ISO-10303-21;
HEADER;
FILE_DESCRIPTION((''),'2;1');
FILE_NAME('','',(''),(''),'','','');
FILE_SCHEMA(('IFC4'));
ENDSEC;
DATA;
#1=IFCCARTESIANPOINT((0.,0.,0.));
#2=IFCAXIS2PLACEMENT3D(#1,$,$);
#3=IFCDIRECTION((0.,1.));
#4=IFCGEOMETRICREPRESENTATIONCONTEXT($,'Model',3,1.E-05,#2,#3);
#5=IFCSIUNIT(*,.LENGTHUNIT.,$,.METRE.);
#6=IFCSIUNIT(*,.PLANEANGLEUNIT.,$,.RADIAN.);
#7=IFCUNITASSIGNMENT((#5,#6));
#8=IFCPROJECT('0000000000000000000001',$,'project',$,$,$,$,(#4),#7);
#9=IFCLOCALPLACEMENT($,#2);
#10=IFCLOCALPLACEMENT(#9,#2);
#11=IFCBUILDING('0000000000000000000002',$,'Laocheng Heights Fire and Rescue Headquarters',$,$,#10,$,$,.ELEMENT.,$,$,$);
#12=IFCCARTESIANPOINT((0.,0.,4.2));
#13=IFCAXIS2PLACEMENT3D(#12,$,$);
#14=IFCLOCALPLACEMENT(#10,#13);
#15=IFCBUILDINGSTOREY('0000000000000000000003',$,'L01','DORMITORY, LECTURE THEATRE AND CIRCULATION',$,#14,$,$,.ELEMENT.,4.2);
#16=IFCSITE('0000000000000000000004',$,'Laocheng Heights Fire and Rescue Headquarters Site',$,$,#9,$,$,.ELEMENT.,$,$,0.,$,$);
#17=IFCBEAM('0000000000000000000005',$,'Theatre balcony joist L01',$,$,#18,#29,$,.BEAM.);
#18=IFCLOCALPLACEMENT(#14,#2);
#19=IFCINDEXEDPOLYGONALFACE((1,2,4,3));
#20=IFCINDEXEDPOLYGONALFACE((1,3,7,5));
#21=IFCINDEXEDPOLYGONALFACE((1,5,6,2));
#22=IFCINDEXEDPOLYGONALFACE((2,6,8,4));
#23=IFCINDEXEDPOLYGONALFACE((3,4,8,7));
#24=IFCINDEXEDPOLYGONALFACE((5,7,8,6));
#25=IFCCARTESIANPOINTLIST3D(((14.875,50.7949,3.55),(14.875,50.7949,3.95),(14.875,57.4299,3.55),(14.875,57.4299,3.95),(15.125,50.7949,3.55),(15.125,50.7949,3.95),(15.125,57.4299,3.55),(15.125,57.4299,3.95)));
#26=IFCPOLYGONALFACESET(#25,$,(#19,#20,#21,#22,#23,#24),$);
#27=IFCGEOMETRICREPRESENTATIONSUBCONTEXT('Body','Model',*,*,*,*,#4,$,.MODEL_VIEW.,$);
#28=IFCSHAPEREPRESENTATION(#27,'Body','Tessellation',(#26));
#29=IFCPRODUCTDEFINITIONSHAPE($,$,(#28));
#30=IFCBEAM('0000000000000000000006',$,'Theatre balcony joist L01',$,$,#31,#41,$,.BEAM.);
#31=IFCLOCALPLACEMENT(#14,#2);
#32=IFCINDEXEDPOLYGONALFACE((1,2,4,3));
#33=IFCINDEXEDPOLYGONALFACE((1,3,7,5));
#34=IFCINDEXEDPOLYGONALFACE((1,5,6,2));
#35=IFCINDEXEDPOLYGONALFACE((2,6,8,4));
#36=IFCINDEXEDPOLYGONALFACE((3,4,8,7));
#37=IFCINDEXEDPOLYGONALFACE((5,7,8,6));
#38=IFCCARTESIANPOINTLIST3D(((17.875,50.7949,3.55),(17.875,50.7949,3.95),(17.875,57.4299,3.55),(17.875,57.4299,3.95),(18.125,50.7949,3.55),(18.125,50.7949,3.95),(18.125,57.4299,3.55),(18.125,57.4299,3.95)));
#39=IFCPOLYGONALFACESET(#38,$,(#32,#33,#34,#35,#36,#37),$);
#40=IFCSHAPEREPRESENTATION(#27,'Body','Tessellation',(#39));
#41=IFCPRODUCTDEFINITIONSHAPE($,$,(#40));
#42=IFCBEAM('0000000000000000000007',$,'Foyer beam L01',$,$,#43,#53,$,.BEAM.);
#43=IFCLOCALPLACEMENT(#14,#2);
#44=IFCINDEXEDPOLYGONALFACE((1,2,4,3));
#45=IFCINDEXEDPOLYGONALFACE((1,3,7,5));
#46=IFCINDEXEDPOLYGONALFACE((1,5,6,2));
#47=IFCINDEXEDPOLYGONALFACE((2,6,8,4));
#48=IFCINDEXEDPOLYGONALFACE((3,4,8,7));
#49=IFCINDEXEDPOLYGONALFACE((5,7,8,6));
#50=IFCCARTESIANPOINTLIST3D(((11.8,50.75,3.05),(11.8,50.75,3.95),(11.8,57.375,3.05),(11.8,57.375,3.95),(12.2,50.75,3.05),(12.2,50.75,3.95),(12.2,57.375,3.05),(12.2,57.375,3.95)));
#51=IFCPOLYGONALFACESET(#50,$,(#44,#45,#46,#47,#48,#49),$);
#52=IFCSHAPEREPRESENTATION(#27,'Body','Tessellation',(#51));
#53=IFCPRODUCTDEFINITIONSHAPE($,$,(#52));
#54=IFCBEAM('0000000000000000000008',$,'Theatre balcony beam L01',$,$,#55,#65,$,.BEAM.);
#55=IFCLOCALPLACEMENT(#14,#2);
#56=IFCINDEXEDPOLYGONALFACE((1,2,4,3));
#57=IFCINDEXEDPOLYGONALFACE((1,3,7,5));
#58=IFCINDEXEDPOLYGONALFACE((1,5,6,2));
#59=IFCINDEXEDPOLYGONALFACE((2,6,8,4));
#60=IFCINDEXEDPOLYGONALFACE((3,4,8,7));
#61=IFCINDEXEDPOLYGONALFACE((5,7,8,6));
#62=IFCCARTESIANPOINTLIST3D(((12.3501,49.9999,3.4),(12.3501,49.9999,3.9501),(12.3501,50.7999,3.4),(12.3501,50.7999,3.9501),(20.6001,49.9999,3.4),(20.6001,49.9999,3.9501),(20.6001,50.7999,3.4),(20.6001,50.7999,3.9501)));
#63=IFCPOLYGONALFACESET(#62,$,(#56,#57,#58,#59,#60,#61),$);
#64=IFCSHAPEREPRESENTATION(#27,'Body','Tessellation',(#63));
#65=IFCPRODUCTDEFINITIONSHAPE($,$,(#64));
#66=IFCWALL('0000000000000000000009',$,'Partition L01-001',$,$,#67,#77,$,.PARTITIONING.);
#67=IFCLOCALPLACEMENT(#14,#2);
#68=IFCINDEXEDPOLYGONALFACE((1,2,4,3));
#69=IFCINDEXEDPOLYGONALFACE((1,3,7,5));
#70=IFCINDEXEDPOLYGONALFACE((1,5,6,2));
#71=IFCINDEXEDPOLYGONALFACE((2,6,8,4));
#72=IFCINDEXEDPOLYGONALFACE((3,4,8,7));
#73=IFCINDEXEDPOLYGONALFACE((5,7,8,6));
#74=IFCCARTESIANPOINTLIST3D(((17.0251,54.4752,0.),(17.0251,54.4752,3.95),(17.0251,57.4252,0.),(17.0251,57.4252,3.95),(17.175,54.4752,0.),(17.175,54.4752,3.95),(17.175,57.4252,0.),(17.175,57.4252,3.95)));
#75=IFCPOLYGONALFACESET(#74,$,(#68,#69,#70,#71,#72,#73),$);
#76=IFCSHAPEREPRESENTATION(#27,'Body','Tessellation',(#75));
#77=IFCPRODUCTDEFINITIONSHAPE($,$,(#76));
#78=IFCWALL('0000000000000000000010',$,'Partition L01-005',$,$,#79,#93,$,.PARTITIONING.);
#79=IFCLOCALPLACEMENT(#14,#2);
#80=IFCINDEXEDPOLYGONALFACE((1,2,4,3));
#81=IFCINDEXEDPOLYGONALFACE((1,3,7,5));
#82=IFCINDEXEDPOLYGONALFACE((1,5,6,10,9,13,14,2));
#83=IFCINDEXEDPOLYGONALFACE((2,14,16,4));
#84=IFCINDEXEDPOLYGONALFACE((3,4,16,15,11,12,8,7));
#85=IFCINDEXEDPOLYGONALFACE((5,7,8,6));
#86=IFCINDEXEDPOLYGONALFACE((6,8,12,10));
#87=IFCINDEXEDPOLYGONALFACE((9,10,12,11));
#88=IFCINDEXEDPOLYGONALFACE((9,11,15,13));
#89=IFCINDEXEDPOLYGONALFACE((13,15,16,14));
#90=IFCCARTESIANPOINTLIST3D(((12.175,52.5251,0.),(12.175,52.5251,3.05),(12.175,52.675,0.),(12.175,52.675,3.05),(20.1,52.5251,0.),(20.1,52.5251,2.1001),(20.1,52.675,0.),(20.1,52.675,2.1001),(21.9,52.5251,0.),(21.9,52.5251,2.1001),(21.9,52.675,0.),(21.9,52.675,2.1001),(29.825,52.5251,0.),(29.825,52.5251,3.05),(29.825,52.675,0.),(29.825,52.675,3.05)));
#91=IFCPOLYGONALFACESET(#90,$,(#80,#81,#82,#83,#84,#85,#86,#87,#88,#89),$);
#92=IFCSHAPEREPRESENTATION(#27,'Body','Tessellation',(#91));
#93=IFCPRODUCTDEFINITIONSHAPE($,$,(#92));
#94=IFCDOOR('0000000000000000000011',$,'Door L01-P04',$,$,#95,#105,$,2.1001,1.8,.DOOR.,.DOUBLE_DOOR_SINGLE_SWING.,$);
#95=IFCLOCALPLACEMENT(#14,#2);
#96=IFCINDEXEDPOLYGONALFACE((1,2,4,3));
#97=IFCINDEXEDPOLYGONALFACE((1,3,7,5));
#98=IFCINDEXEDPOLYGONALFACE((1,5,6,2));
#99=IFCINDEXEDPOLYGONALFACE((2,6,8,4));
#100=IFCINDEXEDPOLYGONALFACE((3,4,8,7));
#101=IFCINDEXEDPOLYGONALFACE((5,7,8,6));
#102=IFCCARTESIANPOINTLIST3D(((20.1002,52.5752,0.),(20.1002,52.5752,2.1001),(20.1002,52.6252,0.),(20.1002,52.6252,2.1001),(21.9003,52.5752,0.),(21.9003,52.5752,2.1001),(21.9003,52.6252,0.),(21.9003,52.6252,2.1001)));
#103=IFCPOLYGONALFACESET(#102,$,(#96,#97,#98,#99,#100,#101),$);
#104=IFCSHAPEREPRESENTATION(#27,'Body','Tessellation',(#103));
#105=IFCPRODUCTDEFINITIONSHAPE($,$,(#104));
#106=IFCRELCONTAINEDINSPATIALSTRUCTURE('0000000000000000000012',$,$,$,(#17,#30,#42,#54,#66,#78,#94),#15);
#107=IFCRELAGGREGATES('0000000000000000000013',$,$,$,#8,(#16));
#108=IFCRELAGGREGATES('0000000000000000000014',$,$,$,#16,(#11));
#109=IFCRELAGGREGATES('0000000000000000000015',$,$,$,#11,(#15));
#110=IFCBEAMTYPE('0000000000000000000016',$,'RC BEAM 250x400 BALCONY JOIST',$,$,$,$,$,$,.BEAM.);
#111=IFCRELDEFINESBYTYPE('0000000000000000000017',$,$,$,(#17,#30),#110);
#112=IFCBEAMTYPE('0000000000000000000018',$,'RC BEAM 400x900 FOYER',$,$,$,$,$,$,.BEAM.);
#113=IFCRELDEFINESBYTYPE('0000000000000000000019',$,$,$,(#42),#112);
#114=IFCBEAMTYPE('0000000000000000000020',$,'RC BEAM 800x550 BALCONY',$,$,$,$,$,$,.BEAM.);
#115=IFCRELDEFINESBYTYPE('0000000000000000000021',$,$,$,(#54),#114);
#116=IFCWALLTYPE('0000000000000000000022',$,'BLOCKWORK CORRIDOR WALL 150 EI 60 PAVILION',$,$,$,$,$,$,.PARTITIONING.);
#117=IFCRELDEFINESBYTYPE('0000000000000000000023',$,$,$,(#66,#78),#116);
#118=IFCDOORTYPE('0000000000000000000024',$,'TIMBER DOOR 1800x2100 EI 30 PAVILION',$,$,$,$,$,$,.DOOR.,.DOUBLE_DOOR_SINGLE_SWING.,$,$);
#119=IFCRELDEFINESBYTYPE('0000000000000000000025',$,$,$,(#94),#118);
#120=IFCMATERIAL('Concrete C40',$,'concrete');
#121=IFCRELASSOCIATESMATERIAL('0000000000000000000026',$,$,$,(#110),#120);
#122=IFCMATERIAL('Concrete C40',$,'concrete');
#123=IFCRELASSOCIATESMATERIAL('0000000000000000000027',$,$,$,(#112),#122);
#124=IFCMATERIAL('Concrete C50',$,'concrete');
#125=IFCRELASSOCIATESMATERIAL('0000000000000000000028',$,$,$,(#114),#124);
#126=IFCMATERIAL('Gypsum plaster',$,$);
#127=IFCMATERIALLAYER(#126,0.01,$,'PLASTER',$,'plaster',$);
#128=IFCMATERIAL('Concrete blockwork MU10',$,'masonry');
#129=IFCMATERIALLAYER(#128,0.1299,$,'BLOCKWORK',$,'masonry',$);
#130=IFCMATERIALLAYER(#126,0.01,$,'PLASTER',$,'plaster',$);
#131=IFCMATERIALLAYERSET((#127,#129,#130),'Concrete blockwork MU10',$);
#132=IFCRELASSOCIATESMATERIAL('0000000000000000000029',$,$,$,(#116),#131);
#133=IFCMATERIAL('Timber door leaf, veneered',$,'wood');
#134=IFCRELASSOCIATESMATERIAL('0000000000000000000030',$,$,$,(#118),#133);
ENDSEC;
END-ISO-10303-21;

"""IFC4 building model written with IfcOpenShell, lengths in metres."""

from ifc_helpers import new_model, si_unit, direction, frame, frame_2d, origin, origin_2d, place, context, subcontext, project, spatial, rectangle, extrude, material, layer, layer_set, material_profile, profile_set, type_object, element, fill, save


model = new_model("IFC4")

# Units and contexts
model_context = context("Model", 3, precision=1e-05, world=origin(), true_north=direction((0.0, 1.0)))
body_context = subcontext(model_context, "Body", "Model", "MODEL_VIEW")
ifc_project = project(units=[si_unit("LENGTHUNIT", "METRE"), si_unit("PLANEANGLEUNIT", "RADIAN")], contexts=[model_context])

# Site, building, storey
site_placement = place(None, origin())
site = spatial("IfcSite", under=ifc_project, at=site_placement, Name="Laocheng Heights Fire and Rescue Headquarters Site", CompositionType="ELEMENT", RefElevation=0.0)
building_placement = place(site_placement, origin())
building = spatial("IfcBuilding", under=site, at=building_placement, Name="Laocheng Heights Fire and Rescue Headquarters", CompositionType="ELEMENT")
storey_placement = place(building_placement, frame((0.0, 0.0, 4.2)))
storey = spatial("IfcBuildingStorey", under=building, at=storey_placement, Name="L01", Description="DORMITORY, LECTURE THEATRE AND CIRCULATION", CompositionType="ELEMENT", Elevation=4.2)

# Beams
ifc_material_1 = material(Name="Concrete C40", Category="concrete")
ifc_material_profile_1 = material_profile(ifc_material_1, rectangle(XDim=0.25, YDim=0.3999, at=origin_2d()), Name="RC BEAM 250x400 BALCONY JOIST")
ifc_profile_set_1 = profile_set([ifc_material_profile_1], Name="Concrete C40")
beam_type_1 = type_object("IfcBeamType", Name="RC BEAM 250x400 BALCONY JOIST", PredefinedType="BEAM", material=ifc_profile_set_1)
for number, where, z_axis, x_axis, name in (
    (1, (15.0, 50.7949, 3.75), (0.0, 1.0, 0.0), (-1.0, 0.0, 0.0), "Theatre balcony joist L01"),
    (2, (18.0, 50.7949, 3.75), (0.0, 1.0, 0.0), (-1.0, 0.0, 0.0), "Theatre balcony joist L01"),
):
    element("IfcBeam", number, at=place(storey_placement, frame(where, z_axis=z_axis, x_axis=x_axis)), inside=storey, type_object=beam_type_1, Name=name, PredefinedType="BEAM", context=body_context, shape_type="SweptSolid", body=[
        extrude(rectangle(XDim=0.25, YDim=0.3999, at=origin_2d()), origin(), (0.0, 0.0, 1.0), 6.635),
    ])
ifc_material_2 = material(Name="Concrete C40", Category="concrete")
ifc_material_profile_2 = material_profile(ifc_material_2, rectangle(XDim=0.3999, YDim=0.8999, at=origin_2d()), Name="RC BEAM 400x900 FOYER")
ifc_profile_set_2 = profile_set([ifc_material_profile_2], Name="Concrete C40")
beam_type_2 = type_object("IfcBeamType", Name="RC BEAM 400x900 FOYER", PredefinedType="BEAM", material=ifc_profile_set_2)
beam_1_placement = place(storey_placement, frame((12.0, 50.75, 3.5), z_axis=(0.0, 1.0, 0.0), x_axis=(-1.0, 0.0, 0.0)))
element("IfcBeam", 3, at=beam_1_placement, inside=storey, type_object=beam_type_2, Name="Foyer beam L01", PredefinedType="BEAM", context=body_context, shape_type="SweptSolid", body=[
    extrude(rectangle(XDim=0.3999, YDim=0.8999, at=origin_2d()), origin(), (0.0, 0.0, 1.0), 6.625),
])
ifc_material_3 = material(Name="Concrete C50", Category="concrete")
ifc_material_profile_3 = material_profile(ifc_material_3, rectangle(XDim=0.8, YDim=0.55, at=origin_2d()), Name="RC BEAM 800x550 BALCONY")
ifc_profile_set_3 = profile_set([ifc_material_profile_3], Name="Concrete C50")
beam_type_3 = type_object("IfcBeamType", Name="RC BEAM 800x550 BALCONY", PredefinedType="BEAM", material=ifc_profile_set_3)
beam_2_placement = place(storey_placement, frame((12.3501, 50.3999, 3.675), z_axis=(1.0, 0.0, 0.0), x_axis=(0.0, 1.0, 0.0)))
element("IfcBeam", 4, at=beam_2_placement, inside=storey, type_object=beam_type_3, Name="Theatre balcony beam L01", PredefinedType="BEAM", context=body_context, shape_type="SweptSolid", body=[
    extrude(rectangle(XDim=0.8, YDim=0.55, at=origin_2d()), origin(), (0.0, 0.0, 1.0), 8.25),
])

# Wall
ifc_material_4 = material(Name="Gypsum plaster")
ifc_layer_1 = layer(ifc_material_4, 0.01, Name="PLASTER", Category="plaster")
ifc_material_5 = material(Name="Concrete blockwork MU10", Category="masonry")
ifc_layer_2 = layer(ifc_material_5, 0.1299, Name="BLOCKWORK", Category="masonry")
ifc_layer_3 = layer(ifc_material_4, 0.01, Name="PLASTER", Category="plaster")
ifc_layer_set_1 = layer_set([ifc_layer_1, ifc_layer_2, ifc_layer_3], Name="Concrete blockwork MU10")
wall_type_1 = type_object("IfcWallType", Name="BLOCKWORK CORRIDOR WALL 150 EI 60 PAVILION", PredefinedType="PARTITIONING", material=ifc_layer_set_1)
wall_1_placement = place(storey_placement, frame((17.1001, 54.4751, 0.0), z_axis=(0.0, 0.0, 1.0), x_axis=(0.0, 1.0, 0.0)))
element("IfcWall", 5, at=wall_1_placement, inside=storey, type_object=wall_type_1, Name="Partition L01-001", PredefinedType="PARTITIONING", context=body_context, shape_type="SweptSolid", body=[
    extrude(rectangle(XDim=2.95, YDim=0.1499, at=frame_2d((1.4751, 0.0))), origin(), (0.0, 0.0, 1.0), 3.95),
])

# Wall, opening, door
wall_2_placement = place(storey_placement, frame((12.175, 52.6001, 0.0), z_axis=(0.0, 0.0, 1.0), x_axis=(1.0, 0.0, 0.0)))
wall_2 = element("IfcWall", 6, at=wall_2_placement, inside=storey, type_object=wall_type_1, Name="Partition L01-005", PredefinedType="PARTITIONING", context=body_context, shape_type="SweptSolid", body=[
    extrude(rectangle(XDim=17.6499, YDim=0.1499, at=frame_2d((8.825, 0.0))), origin(), (0.0, 0.0, 1.0), 3.05),
])
opening_1_placement = place(wall_2_placement, frame((7.925, 0.0, 0.0)))
opening_1 = element("IfcOpeningElement", 7, at=opening_1_placement, cuts=wall_2, PredefinedType="OPENING", context=body_context, shape_type="SweptSolid", body=[
    extrude(rectangle(XDim=1.8, YDim=2.1001, at=frame_2d((0.8999, 1.05))), frame((0.0, 0.085, 0.0), z_axis=(0.0, -1.0, 0.0), x_axis=(1.0, 0.0, 0.0)), (0.0, 0.0, 1.0), 0.1699),
])
ifc_material_6 = material(Name="Timber door leaf, veneered", Category="wood")
door_type_1 = type_object("IfcDoorType", Name="TIMBER DOOR 1800x2100 EI 30 PAVILION", OperationType="DOUBLE_DOOR_SINGLE_SWING", PredefinedType="DOOR", material=ifc_material_6)
door_1_placement = place(opening_1_placement, frame((1.8, 0.0, 0.0), z_axis=(0.0, 0.0, 1.0), x_axis=(-1.0, 0.0, 0.0)))
door_1 = element("IfcDoor", 8, at=door_1_placement, inside=storey, type_object=door_type_1, Name="Door L01-P04", OperationType="DOUBLE_DOOR_SINGLE_SWING", OverallHeight=2.1001, OverallWidth=1.8, PredefinedType="DOOR", context=body_context, shape_type="SweptSolid", body=[
    extrude(rectangle(XDim=1.8, YDim=2.1001, at=frame_2d((0.8999, 1.05))), frame((0.0, 0.0249, 0.0), z_axis=(0.0, -1.0, 0.0), x_axis=(1.0, 0.0, 0.0)), (0.0, 0.0, 1.0), 0.05),
])
fill(opening_1, door_1)

save(model, "model.ifc")
